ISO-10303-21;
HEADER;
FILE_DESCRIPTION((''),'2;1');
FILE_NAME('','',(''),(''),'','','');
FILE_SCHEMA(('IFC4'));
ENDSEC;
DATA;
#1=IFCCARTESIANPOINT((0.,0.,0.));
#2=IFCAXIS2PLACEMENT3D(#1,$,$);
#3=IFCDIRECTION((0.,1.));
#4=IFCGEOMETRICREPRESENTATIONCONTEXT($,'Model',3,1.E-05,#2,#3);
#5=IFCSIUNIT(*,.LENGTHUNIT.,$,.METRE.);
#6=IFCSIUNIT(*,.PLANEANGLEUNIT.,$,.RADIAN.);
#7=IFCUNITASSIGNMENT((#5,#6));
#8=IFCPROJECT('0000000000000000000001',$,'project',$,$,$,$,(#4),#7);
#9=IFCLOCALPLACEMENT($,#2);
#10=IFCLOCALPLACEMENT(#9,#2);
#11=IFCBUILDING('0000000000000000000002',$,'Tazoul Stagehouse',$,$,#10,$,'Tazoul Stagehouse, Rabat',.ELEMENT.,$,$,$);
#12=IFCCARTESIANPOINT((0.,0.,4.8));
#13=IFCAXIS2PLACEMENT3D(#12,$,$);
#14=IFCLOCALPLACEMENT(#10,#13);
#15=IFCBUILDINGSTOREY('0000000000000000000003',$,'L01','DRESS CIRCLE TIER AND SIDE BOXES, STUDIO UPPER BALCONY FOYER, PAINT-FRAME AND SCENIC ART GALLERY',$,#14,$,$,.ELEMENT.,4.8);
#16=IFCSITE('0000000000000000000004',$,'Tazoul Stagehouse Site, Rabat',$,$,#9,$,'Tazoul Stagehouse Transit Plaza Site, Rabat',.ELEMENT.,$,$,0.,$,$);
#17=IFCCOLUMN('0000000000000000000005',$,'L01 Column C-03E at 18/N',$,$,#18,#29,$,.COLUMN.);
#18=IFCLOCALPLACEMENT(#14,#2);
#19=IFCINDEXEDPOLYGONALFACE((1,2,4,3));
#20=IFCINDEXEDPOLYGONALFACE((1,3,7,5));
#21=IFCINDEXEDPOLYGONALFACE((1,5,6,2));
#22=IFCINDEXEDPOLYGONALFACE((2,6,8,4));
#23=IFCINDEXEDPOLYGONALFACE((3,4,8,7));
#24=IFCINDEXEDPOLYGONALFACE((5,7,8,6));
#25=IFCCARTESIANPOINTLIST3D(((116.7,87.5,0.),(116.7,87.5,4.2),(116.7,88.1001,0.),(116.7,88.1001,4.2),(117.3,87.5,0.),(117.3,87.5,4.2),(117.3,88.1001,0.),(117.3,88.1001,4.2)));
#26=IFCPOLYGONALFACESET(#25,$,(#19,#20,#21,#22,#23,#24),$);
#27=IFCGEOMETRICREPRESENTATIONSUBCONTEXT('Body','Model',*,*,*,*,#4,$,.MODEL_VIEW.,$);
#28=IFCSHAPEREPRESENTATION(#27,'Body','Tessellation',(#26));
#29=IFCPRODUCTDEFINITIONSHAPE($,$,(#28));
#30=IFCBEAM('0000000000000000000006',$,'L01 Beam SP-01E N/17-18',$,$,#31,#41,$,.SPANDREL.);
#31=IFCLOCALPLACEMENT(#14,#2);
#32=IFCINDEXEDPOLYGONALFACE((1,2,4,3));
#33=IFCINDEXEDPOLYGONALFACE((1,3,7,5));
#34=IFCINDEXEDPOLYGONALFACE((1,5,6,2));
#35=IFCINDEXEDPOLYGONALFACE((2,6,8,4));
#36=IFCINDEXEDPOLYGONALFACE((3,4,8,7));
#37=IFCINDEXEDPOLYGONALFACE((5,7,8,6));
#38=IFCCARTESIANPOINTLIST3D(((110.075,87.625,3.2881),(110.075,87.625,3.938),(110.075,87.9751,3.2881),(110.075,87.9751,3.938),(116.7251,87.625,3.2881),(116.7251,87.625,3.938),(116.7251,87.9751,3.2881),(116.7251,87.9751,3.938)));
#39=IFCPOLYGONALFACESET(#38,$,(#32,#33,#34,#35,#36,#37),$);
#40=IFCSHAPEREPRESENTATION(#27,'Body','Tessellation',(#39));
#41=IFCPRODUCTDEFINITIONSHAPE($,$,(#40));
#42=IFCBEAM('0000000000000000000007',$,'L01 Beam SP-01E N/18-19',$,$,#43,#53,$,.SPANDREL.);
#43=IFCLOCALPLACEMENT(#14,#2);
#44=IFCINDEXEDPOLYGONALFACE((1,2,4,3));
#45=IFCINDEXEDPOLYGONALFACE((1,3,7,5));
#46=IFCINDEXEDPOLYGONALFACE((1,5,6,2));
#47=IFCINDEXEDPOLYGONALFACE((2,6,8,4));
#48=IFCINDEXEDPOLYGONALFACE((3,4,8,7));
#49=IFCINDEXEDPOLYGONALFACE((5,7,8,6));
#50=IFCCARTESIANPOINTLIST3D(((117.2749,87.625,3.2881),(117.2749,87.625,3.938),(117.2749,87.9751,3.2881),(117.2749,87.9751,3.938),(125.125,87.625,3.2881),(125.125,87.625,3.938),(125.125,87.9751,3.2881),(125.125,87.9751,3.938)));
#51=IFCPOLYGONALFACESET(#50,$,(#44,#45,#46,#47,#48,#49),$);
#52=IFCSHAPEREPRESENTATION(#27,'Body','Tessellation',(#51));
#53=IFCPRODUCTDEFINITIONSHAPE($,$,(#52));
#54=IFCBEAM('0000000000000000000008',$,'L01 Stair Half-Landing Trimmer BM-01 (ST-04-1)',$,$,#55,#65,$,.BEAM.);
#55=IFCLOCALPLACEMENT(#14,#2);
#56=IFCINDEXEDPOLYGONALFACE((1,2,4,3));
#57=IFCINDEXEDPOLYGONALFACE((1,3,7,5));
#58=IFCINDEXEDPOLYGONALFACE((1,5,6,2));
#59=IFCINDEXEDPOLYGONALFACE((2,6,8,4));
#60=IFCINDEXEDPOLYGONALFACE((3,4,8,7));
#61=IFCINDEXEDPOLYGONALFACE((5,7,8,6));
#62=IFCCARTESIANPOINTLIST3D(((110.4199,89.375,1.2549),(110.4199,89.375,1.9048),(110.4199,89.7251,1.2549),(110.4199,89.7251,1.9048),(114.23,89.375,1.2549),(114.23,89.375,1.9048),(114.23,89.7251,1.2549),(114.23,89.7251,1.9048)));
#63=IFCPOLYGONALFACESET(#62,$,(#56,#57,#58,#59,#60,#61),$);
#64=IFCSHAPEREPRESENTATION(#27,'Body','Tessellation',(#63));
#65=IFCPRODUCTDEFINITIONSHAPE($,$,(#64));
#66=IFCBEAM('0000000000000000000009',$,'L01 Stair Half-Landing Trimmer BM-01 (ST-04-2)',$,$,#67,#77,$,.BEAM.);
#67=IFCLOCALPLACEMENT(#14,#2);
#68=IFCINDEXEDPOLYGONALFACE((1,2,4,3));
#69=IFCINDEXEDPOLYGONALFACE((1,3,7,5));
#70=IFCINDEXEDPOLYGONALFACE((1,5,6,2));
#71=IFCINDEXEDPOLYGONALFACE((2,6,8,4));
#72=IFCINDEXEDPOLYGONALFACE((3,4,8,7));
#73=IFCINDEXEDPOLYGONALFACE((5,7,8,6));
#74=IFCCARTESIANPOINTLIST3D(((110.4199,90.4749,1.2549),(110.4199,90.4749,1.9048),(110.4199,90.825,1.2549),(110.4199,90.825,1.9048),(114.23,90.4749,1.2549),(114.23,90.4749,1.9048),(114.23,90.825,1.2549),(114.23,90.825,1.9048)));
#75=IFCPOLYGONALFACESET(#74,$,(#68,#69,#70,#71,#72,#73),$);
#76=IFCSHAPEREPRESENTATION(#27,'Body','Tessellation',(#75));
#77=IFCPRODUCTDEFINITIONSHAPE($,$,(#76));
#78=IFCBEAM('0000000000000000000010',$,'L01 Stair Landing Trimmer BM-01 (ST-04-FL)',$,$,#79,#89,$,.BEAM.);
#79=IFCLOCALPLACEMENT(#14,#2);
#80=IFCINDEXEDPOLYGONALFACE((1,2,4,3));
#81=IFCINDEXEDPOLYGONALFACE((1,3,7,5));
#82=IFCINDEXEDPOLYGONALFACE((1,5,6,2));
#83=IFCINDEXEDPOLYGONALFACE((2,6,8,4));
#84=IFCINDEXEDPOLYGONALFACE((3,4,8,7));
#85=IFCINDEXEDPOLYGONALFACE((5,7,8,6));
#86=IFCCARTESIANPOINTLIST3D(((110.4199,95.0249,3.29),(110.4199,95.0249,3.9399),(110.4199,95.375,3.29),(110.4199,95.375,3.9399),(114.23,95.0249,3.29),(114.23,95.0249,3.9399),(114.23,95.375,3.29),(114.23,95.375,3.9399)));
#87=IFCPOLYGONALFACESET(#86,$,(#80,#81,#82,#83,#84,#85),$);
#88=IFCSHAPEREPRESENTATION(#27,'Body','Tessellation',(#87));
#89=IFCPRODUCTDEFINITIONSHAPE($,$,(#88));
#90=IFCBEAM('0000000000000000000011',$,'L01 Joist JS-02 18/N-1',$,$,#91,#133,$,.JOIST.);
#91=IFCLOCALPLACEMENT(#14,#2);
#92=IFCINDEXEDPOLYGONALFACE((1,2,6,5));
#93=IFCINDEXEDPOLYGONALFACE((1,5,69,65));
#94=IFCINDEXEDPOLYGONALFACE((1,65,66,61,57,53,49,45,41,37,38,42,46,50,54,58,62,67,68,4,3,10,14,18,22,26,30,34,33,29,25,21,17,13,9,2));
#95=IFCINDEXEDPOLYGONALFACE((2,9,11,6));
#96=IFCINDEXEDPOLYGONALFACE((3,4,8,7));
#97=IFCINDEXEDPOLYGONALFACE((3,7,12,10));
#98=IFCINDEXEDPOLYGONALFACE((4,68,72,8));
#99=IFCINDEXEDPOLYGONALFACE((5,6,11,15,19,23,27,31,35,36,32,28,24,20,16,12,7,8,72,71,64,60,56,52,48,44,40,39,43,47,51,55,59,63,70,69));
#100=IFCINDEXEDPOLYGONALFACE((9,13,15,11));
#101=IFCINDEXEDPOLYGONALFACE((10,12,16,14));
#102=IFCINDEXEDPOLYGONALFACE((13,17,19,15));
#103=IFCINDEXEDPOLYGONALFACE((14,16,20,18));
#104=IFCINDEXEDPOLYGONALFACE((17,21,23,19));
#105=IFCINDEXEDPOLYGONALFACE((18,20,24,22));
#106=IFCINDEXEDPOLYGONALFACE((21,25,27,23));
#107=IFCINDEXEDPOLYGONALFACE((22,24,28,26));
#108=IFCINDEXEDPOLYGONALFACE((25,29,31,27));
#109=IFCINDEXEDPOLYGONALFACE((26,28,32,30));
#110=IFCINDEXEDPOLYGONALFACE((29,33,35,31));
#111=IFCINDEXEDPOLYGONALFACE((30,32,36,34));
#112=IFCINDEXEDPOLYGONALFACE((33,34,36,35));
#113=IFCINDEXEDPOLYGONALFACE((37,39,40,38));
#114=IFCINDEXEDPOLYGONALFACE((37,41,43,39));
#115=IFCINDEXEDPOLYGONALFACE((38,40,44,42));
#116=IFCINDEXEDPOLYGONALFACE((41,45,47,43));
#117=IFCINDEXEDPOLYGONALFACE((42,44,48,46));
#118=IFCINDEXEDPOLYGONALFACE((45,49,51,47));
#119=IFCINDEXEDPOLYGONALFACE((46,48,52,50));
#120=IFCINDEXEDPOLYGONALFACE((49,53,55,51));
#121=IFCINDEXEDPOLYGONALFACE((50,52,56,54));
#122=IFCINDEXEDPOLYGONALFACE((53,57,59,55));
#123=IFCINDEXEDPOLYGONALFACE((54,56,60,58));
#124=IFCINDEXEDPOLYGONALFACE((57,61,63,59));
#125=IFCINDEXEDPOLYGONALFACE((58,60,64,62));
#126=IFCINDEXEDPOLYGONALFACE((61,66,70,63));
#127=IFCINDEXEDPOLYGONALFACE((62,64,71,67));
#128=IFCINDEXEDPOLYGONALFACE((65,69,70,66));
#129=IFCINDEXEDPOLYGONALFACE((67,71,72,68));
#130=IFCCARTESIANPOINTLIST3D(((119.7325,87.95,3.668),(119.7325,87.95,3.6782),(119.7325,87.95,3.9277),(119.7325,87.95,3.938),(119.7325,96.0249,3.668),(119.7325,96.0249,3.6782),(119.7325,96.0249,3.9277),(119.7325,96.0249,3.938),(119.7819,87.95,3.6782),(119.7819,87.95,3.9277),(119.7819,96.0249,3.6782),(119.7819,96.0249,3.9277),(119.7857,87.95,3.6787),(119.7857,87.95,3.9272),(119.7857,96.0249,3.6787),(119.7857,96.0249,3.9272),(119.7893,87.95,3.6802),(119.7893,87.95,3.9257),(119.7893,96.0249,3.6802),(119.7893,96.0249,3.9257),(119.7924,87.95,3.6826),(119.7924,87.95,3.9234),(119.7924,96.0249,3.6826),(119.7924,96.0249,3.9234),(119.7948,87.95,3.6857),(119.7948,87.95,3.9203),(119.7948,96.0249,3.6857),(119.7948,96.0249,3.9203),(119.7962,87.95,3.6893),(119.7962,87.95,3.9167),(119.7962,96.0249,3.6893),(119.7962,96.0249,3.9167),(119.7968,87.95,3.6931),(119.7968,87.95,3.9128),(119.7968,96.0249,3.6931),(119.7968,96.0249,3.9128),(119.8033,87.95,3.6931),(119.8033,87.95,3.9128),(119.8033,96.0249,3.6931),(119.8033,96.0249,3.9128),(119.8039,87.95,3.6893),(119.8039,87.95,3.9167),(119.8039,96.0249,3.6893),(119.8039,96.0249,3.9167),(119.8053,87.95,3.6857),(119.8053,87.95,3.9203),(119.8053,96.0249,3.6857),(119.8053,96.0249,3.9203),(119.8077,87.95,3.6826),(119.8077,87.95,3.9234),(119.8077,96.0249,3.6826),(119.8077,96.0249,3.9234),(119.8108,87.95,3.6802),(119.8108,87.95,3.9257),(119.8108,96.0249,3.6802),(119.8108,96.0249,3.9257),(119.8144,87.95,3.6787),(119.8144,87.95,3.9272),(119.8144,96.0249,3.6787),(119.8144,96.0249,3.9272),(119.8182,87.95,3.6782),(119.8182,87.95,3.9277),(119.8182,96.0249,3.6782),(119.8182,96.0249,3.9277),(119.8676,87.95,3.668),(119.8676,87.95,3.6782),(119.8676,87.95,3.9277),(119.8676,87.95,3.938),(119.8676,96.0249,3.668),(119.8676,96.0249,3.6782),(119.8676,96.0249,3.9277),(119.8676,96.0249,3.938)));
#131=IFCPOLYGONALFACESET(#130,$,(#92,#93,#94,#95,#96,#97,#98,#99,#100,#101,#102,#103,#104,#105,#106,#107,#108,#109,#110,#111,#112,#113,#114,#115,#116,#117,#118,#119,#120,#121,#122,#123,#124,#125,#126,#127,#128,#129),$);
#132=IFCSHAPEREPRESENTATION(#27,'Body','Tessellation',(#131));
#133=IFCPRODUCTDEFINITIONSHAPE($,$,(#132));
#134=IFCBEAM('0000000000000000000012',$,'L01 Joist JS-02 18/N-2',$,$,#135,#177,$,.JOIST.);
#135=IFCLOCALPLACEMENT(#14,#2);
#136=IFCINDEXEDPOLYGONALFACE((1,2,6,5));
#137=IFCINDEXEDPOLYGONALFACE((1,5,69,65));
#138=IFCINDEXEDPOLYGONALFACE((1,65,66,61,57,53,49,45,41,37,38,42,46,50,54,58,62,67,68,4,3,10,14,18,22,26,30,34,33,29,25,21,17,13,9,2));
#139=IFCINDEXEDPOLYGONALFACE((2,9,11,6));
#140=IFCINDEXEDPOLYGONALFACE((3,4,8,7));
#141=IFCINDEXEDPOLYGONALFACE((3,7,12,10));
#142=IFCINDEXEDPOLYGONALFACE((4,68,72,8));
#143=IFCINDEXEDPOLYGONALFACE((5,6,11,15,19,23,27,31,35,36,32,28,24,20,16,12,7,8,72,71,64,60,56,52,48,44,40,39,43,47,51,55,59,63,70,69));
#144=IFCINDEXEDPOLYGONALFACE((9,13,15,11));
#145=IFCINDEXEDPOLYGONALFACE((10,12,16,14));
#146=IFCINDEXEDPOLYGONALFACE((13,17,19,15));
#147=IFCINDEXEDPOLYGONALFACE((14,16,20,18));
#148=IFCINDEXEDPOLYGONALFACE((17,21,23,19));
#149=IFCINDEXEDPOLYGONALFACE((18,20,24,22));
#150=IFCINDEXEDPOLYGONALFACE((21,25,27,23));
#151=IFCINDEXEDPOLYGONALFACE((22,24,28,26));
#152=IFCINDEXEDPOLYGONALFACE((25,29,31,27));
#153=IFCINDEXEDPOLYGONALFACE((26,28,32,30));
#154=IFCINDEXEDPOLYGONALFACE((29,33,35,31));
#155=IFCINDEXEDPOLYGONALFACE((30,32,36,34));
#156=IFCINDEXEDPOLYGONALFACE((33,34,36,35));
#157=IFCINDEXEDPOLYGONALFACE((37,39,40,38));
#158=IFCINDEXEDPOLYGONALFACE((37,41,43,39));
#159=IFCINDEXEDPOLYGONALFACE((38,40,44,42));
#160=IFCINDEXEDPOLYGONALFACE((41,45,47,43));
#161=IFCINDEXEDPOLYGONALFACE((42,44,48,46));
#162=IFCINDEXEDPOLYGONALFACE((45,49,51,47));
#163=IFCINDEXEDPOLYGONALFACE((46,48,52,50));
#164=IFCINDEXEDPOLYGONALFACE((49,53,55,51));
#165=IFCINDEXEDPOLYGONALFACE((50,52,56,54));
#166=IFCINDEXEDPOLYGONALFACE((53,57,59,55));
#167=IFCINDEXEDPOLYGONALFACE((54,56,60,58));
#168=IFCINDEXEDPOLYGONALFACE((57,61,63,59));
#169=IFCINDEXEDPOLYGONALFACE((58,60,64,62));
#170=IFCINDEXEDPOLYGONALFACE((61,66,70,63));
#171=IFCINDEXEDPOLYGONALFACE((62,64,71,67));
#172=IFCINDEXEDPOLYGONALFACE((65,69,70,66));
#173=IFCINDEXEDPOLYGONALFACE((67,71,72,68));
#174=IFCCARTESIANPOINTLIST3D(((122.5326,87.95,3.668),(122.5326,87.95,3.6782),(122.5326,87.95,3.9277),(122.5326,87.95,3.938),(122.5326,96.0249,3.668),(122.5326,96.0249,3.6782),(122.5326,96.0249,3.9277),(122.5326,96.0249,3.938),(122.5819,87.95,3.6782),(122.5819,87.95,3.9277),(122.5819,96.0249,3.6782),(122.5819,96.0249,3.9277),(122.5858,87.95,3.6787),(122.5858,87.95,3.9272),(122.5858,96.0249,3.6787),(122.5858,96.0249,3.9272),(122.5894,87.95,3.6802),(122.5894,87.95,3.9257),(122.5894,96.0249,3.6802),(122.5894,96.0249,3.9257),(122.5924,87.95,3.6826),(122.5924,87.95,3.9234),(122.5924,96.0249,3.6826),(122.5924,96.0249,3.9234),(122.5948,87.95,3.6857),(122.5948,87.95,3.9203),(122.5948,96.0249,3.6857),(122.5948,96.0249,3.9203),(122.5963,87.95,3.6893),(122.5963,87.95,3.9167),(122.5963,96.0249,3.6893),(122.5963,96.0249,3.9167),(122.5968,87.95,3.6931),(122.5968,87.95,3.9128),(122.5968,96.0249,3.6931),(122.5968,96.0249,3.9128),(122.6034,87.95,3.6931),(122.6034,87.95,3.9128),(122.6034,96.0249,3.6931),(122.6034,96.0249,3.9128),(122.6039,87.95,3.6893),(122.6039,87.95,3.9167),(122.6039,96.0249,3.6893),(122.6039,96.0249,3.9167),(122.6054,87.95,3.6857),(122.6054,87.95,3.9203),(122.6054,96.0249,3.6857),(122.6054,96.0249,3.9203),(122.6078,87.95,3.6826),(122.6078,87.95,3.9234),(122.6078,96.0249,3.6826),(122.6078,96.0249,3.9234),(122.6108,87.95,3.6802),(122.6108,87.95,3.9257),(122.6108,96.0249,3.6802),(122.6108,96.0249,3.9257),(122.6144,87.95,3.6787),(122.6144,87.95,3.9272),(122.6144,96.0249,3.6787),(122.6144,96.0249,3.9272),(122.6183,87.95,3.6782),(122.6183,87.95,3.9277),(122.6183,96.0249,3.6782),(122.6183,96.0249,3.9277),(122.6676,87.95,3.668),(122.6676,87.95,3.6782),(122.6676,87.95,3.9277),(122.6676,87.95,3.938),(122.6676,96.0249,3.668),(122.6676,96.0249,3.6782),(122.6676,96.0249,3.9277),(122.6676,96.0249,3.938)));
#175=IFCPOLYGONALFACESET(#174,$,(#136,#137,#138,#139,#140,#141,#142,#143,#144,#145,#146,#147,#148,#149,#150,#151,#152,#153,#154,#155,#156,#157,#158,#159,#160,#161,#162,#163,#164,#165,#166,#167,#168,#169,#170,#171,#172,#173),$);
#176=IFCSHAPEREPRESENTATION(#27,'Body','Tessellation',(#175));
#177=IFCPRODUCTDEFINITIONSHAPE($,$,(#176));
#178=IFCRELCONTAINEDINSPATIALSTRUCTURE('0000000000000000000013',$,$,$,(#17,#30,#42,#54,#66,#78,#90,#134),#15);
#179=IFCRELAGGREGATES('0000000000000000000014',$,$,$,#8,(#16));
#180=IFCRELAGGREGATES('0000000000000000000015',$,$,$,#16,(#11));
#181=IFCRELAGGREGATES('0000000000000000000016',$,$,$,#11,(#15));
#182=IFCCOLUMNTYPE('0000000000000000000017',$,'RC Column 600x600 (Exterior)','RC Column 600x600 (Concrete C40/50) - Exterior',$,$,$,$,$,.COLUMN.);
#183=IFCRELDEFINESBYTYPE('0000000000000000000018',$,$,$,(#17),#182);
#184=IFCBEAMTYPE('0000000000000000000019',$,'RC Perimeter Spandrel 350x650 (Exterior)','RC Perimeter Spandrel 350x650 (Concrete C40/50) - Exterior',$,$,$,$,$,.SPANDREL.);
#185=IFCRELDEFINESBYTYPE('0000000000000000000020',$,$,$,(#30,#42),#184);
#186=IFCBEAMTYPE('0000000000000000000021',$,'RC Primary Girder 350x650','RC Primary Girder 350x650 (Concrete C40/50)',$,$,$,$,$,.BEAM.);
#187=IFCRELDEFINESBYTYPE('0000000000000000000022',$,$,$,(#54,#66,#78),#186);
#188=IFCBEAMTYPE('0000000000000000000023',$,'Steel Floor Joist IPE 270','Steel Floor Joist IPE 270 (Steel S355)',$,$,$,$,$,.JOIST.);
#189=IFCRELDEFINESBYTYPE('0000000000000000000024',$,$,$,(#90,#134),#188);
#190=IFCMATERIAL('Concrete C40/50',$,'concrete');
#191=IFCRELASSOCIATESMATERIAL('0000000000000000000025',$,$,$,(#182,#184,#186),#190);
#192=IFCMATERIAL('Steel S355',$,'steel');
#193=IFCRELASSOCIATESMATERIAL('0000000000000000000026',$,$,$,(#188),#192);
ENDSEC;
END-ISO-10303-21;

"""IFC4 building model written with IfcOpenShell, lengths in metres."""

from ifc_helpers import new_model, si_unit, direction, frame, origin, origin_2d, place, context, subcontext, project, spatial, rectangle, i_section, extrude, material, material_profile, profile_set, type_object, element, save


model = new_model("IFC4")

# Units and contexts
model_context = context("Model", 3, precision=1e-05, world=origin(), true_north=direction((0.0, 1.0)))
body_context = subcontext(model_context, "Body", "Model", "MODEL_VIEW")
ifc_project = project(units=[si_unit("LENGTHUNIT", "METRE"), si_unit("PLANEANGLEUNIT", "RADIAN")], contexts=[model_context])

# Site, building, storey
site_placement = place(None, origin())
site = spatial("IfcSite", under=ifc_project, at=site_placement, Name="Tazoul Stagehouse Site, Rabat", LongName="Tazoul Stagehouse Transit Plaza Site, Rabat", CompositionType="ELEMENT", RefElevation=0.0)
building_placement = place(site_placement, origin())
building = spatial("IfcBuilding", under=site, at=building_placement, Name="Tazoul Stagehouse", LongName="Tazoul Stagehouse, Rabat", CompositionType="ELEMENT")
storey_placement = place(building_placement, frame((0.0, 0.0, 4.8)))
storey = spatial("IfcBuildingStorey", under=building, at=storey_placement, Name="L01", Description="DRESS CIRCLE TIER AND SIDE BOXES, STUDIO UPPER BALCONY FOYER, PAINT-FRAME AND SCENIC ART GALLERY", CompositionType="ELEMENT", Elevation=4.8)

# Column
ifc_material_1 = material(Name="Concrete C40/50", Category="concrete")
ifc_material_profile_1 = material_profile(ifc_material_1, rectangle(XDim=0.6001, YDim=0.6001, at=origin_2d()), Name="RC 600x600")
ifc_profile_set_1 = profile_set([ifc_material_profile_1], Name="Concrete C40/50")
column_type = type_object("IfcColumnType", Name="RC Column 600x600 (Exterior)", Description="RC Column 600x600 (Concrete C40/50) - Exterior", PredefinedType="COLUMN", material=ifc_profile_set_1)
column_placement = place(storey_placement, frame((117.0, 87.8, 0.0), z_axis=(0.0, 0.0, 1.0), x_axis=(1.0, 0.0, 0.0)))
element("IfcColumn", 1, at=column_placement, inside=storey, type_object=column_type, Name="L01 Column C-03E at 18/N", PredefinedType="COLUMN", context=body_context, shape_type="SweptSolid", body=[
    extrude(rectangle(XDim=0.6001, YDim=0.6001, at=origin_2d()), origin(), (0.0, 0.0, 1.0), 4.2),
])

# Beams
ifc_material_profile_2 = material_profile(ifc_material_1, rectangle(XDim=0.3501, YDim=0.6499, at=origin_2d()), Name="RC 350x650")
ifc_profile_set_2 = profile_set([ifc_material_profile_2], Name="Concrete C40/50")
beam_type_1 = type_object("IfcBeamType", Name="RC Perimeter Spandrel 350x650 (Exterior)", Description="RC Perimeter Spandrel 350x650 (Concrete C40/50) - Exterior", PredefinedType="SPANDREL", material=ifc_profile_set_2)
beam_1_placement = place(storey_placement, frame((110.075, 87.8, 3.613), z_axis=(1.0, 0.0, 0.0), x_axis=(0.0, 1.0, 0.0)))
element("IfcBeam", 2, at=beam_1_placement, inside=storey, type_object=beam_type_1, Name="L01 Beam SP-01E N/17-18", PredefinedType="SPANDREL", context=body_context, shape_type="SweptSolid", body=[
    extrude(rectangle(XDim=0.3501, YDim=0.6499, at=origin_2d()), origin(), (0.0, 0.0, 1.0), 6.6501),
])
beam_2_placement = place(storey_placement, frame((117.2749, 87.8, 3.613), z_axis=(1.0, 0.0, 0.0), x_axis=(0.0, 1.0, 0.0)))
element("IfcBeam", 3, at=beam_2_placement, inside=storey, type_object=beam_type_1, Name="L01 Beam SP-01E N/18-19", PredefinedType="SPANDREL", context=body_context, shape_type="SweptSolid", body=[
    extrude(rectangle(XDim=0.3501, YDim=0.6499, at=origin_2d()), origin(), (0.0, 0.0, 1.0), 7.8501),
])
ifc_material_profile_3 = material_profile(ifc_material_1, rectangle(XDim=0.3501, YDim=0.6499, at=origin_2d()), Name="RC 350x650")
ifc_profile_set_3 = profile_set([ifc_material_profile_3], Name="Concrete C40/50")
beam_type_2 = type_object("IfcBeamType", Name="RC Primary Girder 350x650", Description="RC Primary Girder 350x650 (Concrete C40/50)", PredefinedType="BEAM", material=ifc_profile_set_3)
for number, where, z_axis, x_axis, name in (
    (4, (110.4199, 89.55, 1.5798), (1.0, 0.0, 0.0), (0.0, 1.0, 0.0), "L01 Stair Half-Landing Trimmer BM-01 (ST-04-1)"),
    (5, (110.4199, 90.6499, 1.5798), (1.0, 0.0, 0.0), (0.0, 1.0, 0.0), "L01 Stair Half-Landing Trimmer BM-01 (ST-04-2)"),
    (6, (110.4199, 95.2, 3.615), (1.0, 0.0, 0.0), (0.0, 1.0, 0.0), "L01 Stair Landing Trimmer BM-01 (ST-04-FL)"),
):
    element("IfcBeam", number, at=place(storey_placement, frame(where, z_axis=z_axis, x_axis=x_axis)), inside=storey, type_object=beam_type_2, Name=name, PredefinedType="BEAM", context=body_context, shape_type="SweptSolid", body=[
        extrude(rectangle(XDim=0.3501, YDim=0.6499, at=origin_2d()), origin(), (0.0, 0.0, 1.0), 3.8101),
    ])
ifc_material_2 = material(Name="Steel S355", Category="steel")
ifc_material_profile_4 = material_profile(ifc_material_2, i_section(OverallWidth=0.135, OverallDepth=0.27, WebThickness=0.0066, FlangeThickness=0.0103, FilletRadius=0.0149, at=origin_2d()), Name="IPE 270")
ifc_profile_set_4 = profile_set([ifc_material_profile_4], Name="Steel S355")
beam_type_3 = type_object("IfcBeamType", Name="Steel Floor Joist IPE 270", Description="Steel Floor Joist IPE 270 (Steel S355)", PredefinedType="JOIST", material=ifc_profile_set_4)
for number, where, z_axis, x_axis, name in (
    (7, (119.8, 87.95, 3.803), (0.0, 1.0, 0.0), (-1.0, 0.0, 0.0), "L01 Joist JS-02 18/N-1"),
    (8, (122.6001, 87.95, 3.803), (0.0, 1.0, 0.0), (-1.0, 0.0, 0.0), "L01 Joist JS-02 18/N-2"),
):
    element("IfcBeam", number, at=place(storey_placement, frame(where, z_axis=z_axis, x_axis=x_axis)), inside=storey, type_object=beam_type_3, Name=name, PredefinedType="JOIST", context=body_context, shape_type="SweptSolid", body=[
        extrude(i_section(OverallWidth=0.135, OverallDepth=0.27, WebThickness=0.0066, FlangeThickness=0.0103, FilletRadius=0.0149, at=origin_2d()), origin(), (0.0, 0.0, 1.0), 8.075),
    ])

save(model, "model.ifc")
